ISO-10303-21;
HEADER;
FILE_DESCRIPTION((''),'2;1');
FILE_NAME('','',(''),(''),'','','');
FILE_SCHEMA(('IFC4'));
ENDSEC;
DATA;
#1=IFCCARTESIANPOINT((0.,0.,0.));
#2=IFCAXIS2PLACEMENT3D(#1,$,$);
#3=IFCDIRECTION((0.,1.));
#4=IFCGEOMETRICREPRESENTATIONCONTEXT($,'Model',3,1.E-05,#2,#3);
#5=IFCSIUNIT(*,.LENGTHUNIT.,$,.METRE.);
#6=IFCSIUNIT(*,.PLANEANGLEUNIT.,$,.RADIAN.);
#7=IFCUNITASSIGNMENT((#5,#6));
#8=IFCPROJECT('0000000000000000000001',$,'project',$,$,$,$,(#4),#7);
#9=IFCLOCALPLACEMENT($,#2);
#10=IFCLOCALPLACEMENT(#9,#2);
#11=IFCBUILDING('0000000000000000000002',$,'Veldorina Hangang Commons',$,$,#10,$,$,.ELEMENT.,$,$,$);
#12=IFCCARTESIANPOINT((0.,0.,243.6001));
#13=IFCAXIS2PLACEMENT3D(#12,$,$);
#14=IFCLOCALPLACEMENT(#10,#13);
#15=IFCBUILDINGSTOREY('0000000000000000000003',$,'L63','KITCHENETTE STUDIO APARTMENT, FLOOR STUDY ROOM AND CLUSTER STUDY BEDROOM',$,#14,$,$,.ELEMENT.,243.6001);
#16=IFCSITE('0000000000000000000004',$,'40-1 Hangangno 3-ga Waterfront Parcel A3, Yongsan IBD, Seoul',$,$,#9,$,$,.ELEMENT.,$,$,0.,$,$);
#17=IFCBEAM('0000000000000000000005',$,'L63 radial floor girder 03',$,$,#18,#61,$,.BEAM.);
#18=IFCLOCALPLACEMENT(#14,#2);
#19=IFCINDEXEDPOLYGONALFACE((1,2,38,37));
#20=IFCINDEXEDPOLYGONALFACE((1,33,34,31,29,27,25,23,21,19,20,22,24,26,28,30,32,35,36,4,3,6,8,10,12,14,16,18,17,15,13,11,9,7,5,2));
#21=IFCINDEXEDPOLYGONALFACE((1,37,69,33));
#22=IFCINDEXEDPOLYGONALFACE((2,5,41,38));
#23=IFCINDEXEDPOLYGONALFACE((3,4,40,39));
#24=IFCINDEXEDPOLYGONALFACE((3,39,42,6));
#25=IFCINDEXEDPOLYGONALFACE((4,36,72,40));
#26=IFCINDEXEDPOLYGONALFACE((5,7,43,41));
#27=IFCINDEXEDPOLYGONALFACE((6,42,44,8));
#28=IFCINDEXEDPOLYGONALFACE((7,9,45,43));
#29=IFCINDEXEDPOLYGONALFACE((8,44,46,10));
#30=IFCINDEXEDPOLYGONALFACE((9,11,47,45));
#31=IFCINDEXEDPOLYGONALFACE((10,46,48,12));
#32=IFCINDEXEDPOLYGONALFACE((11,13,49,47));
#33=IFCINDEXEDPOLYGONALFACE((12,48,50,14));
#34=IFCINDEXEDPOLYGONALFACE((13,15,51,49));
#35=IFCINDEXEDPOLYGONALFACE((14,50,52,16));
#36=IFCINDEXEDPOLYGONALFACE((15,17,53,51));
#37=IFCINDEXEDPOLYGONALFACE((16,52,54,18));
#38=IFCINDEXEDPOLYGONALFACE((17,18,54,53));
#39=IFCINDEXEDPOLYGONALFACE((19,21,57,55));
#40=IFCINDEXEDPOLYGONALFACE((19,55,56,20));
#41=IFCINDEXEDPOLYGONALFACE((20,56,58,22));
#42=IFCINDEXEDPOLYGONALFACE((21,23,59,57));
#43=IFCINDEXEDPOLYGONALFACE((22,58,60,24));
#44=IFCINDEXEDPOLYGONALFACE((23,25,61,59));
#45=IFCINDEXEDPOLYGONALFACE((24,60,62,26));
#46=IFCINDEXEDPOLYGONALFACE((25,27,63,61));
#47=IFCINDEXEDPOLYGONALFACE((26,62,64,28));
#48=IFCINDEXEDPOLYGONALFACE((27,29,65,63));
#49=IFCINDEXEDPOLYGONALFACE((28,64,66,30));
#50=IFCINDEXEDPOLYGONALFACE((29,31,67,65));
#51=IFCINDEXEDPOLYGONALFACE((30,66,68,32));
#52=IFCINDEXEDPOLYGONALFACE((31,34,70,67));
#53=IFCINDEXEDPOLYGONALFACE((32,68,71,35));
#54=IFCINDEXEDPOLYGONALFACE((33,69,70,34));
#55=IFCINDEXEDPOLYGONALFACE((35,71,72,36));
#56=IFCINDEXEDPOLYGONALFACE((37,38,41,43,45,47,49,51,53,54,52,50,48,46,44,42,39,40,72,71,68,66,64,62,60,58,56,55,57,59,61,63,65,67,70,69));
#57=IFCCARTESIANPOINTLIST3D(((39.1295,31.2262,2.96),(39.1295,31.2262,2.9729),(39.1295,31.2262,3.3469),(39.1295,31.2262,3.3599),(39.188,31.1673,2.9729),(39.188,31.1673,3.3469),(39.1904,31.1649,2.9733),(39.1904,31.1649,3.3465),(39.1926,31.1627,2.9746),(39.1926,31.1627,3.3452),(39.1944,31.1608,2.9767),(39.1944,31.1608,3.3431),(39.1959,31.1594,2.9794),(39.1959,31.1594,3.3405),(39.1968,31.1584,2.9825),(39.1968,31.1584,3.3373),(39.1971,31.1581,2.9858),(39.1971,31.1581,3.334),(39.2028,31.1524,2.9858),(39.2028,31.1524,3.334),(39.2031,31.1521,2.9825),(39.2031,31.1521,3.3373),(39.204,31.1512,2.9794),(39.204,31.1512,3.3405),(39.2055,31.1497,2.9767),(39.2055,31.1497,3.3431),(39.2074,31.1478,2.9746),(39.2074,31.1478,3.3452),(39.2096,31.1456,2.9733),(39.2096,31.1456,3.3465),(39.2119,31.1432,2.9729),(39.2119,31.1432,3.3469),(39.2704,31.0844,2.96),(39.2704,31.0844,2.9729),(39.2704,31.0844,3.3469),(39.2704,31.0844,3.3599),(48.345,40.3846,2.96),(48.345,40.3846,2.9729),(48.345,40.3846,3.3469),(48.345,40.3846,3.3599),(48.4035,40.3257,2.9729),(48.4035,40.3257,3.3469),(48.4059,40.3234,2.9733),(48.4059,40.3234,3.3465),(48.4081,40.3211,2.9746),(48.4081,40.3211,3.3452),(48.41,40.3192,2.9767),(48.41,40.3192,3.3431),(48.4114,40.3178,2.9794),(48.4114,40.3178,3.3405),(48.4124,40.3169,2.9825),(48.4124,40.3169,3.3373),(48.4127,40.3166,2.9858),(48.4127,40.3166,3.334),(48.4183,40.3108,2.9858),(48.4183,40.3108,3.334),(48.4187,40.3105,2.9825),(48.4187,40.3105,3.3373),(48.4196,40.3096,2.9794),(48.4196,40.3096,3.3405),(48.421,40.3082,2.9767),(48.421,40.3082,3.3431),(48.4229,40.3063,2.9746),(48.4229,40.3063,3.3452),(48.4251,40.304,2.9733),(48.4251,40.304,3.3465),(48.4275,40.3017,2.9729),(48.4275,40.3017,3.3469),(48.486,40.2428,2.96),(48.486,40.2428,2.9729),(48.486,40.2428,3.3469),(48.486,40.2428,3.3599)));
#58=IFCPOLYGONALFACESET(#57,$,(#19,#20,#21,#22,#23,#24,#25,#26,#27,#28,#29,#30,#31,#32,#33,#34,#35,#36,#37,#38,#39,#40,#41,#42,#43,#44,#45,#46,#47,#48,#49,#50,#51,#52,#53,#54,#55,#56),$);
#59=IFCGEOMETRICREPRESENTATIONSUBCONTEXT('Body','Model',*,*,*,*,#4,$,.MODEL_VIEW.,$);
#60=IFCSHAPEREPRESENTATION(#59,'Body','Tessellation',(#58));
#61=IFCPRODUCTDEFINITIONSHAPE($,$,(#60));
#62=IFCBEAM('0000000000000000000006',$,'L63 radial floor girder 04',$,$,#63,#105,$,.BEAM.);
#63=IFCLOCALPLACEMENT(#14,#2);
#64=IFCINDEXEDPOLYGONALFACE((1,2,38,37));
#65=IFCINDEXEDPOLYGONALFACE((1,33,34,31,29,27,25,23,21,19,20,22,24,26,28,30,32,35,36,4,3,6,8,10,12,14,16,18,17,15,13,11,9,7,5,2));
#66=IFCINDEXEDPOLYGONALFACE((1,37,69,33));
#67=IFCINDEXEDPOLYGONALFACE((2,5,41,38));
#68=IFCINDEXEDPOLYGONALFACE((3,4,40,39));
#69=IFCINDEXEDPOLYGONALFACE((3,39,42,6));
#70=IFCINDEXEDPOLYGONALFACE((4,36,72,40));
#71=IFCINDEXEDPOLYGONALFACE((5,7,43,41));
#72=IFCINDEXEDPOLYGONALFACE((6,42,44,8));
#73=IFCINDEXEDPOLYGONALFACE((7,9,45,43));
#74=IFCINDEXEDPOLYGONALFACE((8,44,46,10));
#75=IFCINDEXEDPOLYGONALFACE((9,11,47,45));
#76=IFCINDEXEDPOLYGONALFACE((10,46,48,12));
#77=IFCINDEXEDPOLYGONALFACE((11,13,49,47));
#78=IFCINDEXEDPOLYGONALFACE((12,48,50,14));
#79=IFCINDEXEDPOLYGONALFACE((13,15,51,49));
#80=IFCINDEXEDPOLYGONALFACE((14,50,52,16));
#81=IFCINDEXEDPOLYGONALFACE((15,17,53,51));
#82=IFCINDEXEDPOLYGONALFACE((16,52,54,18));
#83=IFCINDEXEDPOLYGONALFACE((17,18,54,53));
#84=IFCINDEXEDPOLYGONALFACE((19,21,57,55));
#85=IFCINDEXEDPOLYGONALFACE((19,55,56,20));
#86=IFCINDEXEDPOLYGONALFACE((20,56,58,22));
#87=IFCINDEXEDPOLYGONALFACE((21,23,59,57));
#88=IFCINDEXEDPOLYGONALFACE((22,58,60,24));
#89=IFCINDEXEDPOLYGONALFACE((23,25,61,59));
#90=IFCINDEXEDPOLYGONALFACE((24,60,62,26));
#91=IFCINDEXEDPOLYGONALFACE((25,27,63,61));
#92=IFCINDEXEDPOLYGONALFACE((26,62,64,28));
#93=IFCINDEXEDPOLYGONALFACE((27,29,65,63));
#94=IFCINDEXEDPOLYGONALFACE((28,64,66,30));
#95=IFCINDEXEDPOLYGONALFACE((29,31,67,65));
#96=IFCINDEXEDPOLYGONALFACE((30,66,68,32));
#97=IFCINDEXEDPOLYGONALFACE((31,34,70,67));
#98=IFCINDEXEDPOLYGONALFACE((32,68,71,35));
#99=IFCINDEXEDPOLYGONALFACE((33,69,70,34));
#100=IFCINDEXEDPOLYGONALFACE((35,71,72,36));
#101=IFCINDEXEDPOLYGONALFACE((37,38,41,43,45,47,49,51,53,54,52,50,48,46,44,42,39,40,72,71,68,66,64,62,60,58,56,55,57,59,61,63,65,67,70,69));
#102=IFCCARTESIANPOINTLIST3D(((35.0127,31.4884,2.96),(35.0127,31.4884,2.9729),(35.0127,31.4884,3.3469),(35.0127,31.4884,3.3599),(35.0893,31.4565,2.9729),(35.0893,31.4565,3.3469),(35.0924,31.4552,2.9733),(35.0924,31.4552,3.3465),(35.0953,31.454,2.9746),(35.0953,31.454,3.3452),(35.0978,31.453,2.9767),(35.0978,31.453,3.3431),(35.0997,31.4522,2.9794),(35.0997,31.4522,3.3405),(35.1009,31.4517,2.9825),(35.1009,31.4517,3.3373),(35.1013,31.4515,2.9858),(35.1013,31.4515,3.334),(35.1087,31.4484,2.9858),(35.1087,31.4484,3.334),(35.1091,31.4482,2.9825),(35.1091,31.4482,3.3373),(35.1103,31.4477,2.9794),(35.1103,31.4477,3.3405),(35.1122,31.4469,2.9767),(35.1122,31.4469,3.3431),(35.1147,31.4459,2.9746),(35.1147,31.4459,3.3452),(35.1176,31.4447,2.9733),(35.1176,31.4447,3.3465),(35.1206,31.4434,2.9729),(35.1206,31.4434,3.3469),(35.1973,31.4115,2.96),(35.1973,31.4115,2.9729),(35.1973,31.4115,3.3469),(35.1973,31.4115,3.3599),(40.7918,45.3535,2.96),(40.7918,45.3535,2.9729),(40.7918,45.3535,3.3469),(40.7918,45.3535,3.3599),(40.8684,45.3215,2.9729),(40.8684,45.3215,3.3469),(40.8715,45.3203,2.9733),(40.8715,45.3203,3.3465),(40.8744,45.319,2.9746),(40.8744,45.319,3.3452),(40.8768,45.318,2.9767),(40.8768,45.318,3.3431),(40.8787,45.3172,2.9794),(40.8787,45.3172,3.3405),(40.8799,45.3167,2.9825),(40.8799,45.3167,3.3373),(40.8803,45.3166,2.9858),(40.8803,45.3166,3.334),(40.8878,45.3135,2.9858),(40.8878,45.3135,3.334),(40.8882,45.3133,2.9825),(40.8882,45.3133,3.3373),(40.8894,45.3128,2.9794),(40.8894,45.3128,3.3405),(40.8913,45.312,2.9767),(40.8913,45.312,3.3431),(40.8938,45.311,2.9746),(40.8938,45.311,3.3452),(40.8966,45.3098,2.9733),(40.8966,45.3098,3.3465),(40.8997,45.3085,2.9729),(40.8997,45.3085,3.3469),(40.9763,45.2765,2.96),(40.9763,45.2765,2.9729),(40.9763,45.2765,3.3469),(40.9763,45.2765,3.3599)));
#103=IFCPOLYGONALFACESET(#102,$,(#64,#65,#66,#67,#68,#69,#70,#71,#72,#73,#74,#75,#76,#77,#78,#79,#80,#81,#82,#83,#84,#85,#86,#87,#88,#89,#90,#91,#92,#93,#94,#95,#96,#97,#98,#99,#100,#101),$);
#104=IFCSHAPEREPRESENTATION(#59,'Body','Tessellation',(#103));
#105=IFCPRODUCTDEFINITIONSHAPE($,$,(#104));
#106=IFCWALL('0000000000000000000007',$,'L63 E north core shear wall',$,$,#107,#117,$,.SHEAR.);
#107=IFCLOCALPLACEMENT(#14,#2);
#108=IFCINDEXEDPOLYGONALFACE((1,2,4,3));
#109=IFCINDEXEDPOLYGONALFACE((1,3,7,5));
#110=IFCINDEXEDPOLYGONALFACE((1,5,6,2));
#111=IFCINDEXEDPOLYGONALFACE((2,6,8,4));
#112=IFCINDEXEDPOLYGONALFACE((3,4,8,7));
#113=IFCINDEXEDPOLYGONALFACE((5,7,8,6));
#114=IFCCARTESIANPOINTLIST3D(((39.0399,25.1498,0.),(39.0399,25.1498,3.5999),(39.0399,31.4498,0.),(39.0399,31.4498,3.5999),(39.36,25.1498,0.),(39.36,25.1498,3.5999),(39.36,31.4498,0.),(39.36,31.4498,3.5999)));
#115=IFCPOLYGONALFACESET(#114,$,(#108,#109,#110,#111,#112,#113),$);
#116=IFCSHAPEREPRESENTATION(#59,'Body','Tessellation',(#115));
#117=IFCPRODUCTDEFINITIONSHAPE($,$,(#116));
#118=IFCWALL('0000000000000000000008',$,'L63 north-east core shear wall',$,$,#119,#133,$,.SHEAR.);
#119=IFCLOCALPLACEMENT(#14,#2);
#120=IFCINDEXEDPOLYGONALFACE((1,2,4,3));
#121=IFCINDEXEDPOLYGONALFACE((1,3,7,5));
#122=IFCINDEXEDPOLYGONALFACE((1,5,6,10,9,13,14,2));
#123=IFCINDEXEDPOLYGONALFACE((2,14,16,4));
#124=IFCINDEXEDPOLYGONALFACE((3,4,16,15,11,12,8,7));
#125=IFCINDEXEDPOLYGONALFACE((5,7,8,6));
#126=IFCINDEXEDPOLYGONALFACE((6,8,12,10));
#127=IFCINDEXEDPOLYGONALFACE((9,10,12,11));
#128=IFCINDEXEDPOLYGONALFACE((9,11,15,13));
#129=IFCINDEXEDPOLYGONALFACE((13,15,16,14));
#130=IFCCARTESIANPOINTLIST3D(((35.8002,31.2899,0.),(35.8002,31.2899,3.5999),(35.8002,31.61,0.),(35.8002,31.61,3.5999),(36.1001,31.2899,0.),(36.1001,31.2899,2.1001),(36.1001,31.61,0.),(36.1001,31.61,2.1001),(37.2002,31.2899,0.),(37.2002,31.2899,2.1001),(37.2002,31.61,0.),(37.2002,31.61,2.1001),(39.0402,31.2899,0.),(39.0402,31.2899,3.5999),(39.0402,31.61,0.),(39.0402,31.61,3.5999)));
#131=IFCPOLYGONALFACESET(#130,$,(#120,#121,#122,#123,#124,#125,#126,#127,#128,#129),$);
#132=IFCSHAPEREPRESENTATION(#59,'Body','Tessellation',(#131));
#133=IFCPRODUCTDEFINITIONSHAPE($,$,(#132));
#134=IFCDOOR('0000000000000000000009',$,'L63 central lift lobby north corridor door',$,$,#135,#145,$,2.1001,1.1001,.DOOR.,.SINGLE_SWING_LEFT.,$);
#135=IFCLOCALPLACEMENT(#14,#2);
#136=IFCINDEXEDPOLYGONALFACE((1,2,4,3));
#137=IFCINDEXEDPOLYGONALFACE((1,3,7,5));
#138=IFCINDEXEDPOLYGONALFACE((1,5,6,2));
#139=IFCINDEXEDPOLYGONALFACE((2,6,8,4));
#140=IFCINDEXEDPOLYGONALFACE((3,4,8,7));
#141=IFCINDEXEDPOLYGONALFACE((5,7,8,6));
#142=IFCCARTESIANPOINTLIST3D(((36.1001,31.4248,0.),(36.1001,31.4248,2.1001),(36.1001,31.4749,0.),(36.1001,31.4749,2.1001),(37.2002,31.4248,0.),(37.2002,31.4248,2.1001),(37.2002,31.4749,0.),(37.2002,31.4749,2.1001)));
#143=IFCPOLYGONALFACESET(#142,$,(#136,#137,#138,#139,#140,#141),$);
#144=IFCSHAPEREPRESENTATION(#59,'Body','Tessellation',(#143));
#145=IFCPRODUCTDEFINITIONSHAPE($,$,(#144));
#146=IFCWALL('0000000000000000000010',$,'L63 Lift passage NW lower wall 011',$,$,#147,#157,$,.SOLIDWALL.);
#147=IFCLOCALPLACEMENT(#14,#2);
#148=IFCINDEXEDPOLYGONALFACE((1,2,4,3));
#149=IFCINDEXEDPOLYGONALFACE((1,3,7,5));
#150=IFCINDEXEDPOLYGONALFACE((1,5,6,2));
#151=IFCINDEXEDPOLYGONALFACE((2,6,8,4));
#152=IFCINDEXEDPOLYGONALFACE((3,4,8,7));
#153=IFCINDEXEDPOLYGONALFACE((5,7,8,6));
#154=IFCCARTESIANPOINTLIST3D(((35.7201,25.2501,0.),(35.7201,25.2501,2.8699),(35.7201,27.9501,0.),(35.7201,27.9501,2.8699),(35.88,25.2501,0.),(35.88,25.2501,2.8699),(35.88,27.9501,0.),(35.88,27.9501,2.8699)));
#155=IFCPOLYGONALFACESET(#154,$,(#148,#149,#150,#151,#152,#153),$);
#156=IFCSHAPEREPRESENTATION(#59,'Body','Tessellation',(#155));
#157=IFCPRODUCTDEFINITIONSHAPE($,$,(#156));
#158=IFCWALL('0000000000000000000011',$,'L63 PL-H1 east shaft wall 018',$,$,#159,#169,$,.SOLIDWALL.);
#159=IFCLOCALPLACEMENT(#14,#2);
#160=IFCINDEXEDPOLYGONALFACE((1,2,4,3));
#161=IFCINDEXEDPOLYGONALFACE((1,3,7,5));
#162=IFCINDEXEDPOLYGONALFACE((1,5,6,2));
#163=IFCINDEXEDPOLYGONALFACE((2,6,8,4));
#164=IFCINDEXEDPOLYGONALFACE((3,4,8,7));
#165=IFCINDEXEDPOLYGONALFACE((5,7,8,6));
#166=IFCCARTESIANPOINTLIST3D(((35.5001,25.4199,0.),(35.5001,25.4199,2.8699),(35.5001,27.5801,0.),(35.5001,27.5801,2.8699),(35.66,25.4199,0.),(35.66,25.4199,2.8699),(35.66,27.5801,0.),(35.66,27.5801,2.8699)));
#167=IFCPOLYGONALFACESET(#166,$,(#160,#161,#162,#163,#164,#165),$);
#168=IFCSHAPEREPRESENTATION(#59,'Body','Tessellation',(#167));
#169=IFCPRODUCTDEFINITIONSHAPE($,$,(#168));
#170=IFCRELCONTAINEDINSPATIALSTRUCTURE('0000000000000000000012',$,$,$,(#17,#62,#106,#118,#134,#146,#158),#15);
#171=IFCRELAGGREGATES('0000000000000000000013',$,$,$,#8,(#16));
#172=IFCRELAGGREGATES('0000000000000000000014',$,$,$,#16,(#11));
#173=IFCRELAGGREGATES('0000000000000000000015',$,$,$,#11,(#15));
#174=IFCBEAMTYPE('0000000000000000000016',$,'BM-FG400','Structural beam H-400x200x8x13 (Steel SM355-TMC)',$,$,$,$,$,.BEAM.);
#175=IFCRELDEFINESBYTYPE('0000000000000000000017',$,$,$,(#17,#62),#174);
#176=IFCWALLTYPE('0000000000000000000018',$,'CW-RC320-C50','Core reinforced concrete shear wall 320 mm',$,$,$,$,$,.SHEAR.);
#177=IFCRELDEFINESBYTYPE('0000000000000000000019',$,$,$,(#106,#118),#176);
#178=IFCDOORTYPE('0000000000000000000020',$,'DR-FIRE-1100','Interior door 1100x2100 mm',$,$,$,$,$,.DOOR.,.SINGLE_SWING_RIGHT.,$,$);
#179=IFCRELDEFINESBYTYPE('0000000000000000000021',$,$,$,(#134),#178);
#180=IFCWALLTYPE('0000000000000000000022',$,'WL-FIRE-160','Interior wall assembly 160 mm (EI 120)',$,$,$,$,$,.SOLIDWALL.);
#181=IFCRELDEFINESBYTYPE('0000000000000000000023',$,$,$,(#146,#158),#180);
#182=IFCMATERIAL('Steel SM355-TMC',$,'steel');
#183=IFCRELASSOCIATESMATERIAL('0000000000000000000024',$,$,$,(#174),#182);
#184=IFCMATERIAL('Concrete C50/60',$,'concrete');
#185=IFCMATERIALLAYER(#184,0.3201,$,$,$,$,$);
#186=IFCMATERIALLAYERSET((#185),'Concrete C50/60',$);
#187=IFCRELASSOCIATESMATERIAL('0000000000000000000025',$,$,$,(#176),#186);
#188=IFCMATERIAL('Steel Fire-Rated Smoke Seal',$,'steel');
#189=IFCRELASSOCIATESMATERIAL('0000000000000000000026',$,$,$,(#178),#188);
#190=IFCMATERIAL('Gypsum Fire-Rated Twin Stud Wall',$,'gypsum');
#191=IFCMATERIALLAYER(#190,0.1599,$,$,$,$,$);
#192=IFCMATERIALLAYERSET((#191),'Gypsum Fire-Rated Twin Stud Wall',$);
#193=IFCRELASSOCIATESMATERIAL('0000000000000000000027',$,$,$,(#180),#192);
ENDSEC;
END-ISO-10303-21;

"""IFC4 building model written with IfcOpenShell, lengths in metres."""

from ifc_helpers import new_model, si_unit, direction, frame, frame_2d, origin, origin_2d, place, context, subcontext, project, spatial, rectangle, i_section, extrude, material, layer, layer_set, material_profile, profile_set, type_object, element, fill, save


model = new_model("IFC4")

# Units and contexts
model_context = context("Model", 3, precision=1e-05, world=origin(), true_north=direction((0.0, 1.0)))
body_context = subcontext(model_context, "Body", "Model", "MODEL_VIEW")
ifc_project = project(units=[si_unit("LENGTHUNIT", "METRE"), si_unit("PLANEANGLEUNIT", "RADIAN")], contexts=[model_context])

# Site, building, storey
site_placement = place(None, origin())
site = spatial("IfcSite", under=ifc_project, at=site_placement, Name="40-1 Hangangno 3-ga Waterfront Parcel A3, Yongsan IBD, Seoul", CompositionType="ELEMENT", RefElevation=0.0)
building_placement = place(site_placement, origin())
building = spatial("IfcBuilding", under=site, at=building_placement, Name="Veldorina Hangang Commons", CompositionType="ELEMENT")
storey_placement = place(building_placement, frame((0.0, 0.0, 243.6001)))
storey = spatial("IfcBuildingStorey", under=building, at=storey_placement, Name="L63", Description="KITCHENETTE STUDIO APARTMENT, FLOOR STUDY ROOM AND CLUSTER STUDY BEDROOM", CompositionType="ELEMENT", Elevation=243.6001)

# Beams
ifc_material_1 = material(Name="Steel SM355-TMC", Category="steel")
ifc_material_profile = material_profile(ifc_material_1, i_section(OverallWidth=0.2, OverallDepth=0.3999, WebThickness=0.0081, FlangeThickness=0.0129, FilletRadius=0.0129, at=origin_2d()), Name="H-400x200x8x13")
ifc_profile_set = profile_set([ifc_material_profile], Name="Steel SM355-TMC")
beam_type = type_object("IfcBeamType", Name="BM-FG400", Description="Structural beam H-400x200x8x13 (Steel SM355-TMC)", PredefinedType="BEAM", material=ifc_profile_set)
beam_1_placement = place(storey_placement, frame((39.2, 31.1553, 3.1599), z_axis=(0.709302, 0.704905, 0.0), x_axis=(-0.704905, 0.709302, 0.0)))
element("IfcBeam", 1, at=beam_1_placement, inside=storey, type_object=beam_type, Name="L63 radial floor girder 03", PredefinedType="BEAM", context=body_context, shape_type="SweptSolid", body=[
    extrude(i_section(OverallWidth=0.2, OverallDepth=0.3999, WebThickness=0.0081, FlangeThickness=0.0129, FilletRadius=0.0129, at=origin_2d()), origin(), (0.0, 0.0, 1.0), 12.9924),
])
beam_2_placement = place(storey_placement, frame((35.105, 31.45, 3.1599), z_axis=(0.384727, 0.92303, 0.0), x_axis=(-0.92303, 0.384727, 0.0)))
element("IfcBeam", 2, at=beam_2_placement, inside=storey, type_object=beam_type, Name="L63 radial floor girder 04", PredefinedType="BEAM", context=body_context, shape_type="SweptSolid", body=[
    extrude(i_section(OverallWidth=0.2, OverallDepth=0.3999, WebThickness=0.0081, FlangeThickness=0.0129, FilletRadius=0.0129, at=origin_2d()), origin(), (0.0, 0.0, 1.0), 15.0212),
])

# Wall
ifc_material_2 = material(Name="Concrete C50/60", Category="concrete")
ifc_layer_1 = layer(ifc_material_2, 0.3201)
ifc_layer_set_1 = layer_set([ifc_layer_1], Name="Concrete C50/60")
wall_type_1 = type_object("IfcWallType", Name="CW-RC320-C50", Description="Core reinforced concrete shear wall 320 mm", PredefinedType="SHEAR", material=ifc_layer_set_1)
wall_1_placement = place(storey_placement, frame((39.2, 25.1499, 0.0), z_axis=(0.0, 0.0, 1.0), x_axis=(0.0, 1.0, 0.0)))
element("IfcWall", 3, at=wall_1_placement, inside=storey, type_object=wall_type_1, Name="L63 E north core shear wall", PredefinedType="SHEAR", context=body_context, shape_type="SweptSolid", body=[
    extrude(rectangle(XDim=6.3, YDim=0.3201, at=frame_2d((3.1499, 0.0))), origin(), (0.0, 0.0, 1.0), 3.5999),
])

# Wall, opening, door
wall_2_placement = place(storey_placement, frame((35.8, 31.45, 0.0), z_axis=(0.0, 0.0, 1.0), x_axis=(1.0, 0.0, 0.0)))
wall_2 = element("IfcWall", 4, at=wall_2_placement, inside=storey, type_object=wall_type_1, Name="L63 north-east core shear wall", PredefinedType="SHEAR", context=body_context, shape_type="SweptSolid", body=[
    extrude(rectangle(XDim=3.24, YDim=0.3201, at=frame_2d((1.6201, 0.0))), origin(), (0.0, 0.0, 1.0), 3.5999),
])
opening_1_placement = place(wall_2_placement, frame((0.3, 0.0, 0.0)))
opening_1 = element("IfcOpeningElement", 5, at=opening_1_placement, cuts=wall_2, PredefinedType="OPENING", context=body_context, shape_type="SweptSolid", body=[
    extrude(rectangle(XDim=1.1001, YDim=2.1001, at=frame_2d((0.55, 1.05))), frame((0.0, 0.1699, 0.0), z_axis=(0.0, -1.0, 0.0), x_axis=(1.0, 0.0, 0.0)), (0.0, 0.0, 1.0), 0.3401),
])
ifc_material_3 = material(Name="Steel Fire-Rated Smoke Seal", Category="steel")
door_type_1 = type_object("IfcDoorType", Name="DR-FIRE-1100", Description="Interior door 1100x2100 mm", OperationType="SINGLE_SWING_RIGHT", PredefinedType="DOOR", material=ifc_material_3)
door_1_placement = place(opening_1_placement, origin())
door_1 = element("IfcDoor", 6, at=door_1_placement, inside=storey, type_object=door_type_1, Name="L63 central lift lobby north corridor door", OperationType="SINGLE_SWING_LEFT", OverallHeight=2.1001, OverallWidth=1.1001, PredefinedType="DOOR", context=body_context, shape_type="SweptSolid", body=[
    extrude(rectangle(XDim=1.1001, YDim=2.1001, at=frame_2d((0.55, 1.05))), frame((0.0, 0.0249, 0.0), z_axis=(0.0, -1.0, 0.0), x_axis=(1.0, 0.0, 0.0)), (0.0, 0.0, 1.0), 0.05),
])
fill(opening_1, door_1)

# Walls
ifc_material_4 = material(Name="Gypsum Fire-Rated Twin Stud Wall", Category="gypsum")
ifc_layer_2 = layer(ifc_material_4, 0.1599)
ifc_layer_set_2 = layer_set([ifc_layer_2], Name="Gypsum Fire-Rated Twin Stud Wall")
wall_type_2 = type_object("IfcWallType", Name="WL-FIRE-160", Description="Interior wall assembly 160 mm (EI 120)", PredefinedType="SOLIDWALL", material=ifc_layer_set_2)
wall_3_placement = place(storey_placement, frame((35.8, 25.25, 0.0), z_axis=(0.0, 0.0, 1.0), x_axis=(0.0, 1.0, 0.0)))
element("IfcWall", 7, at=wall_3_placement, inside=storey, type_object=wall_type_2, Name="L63 Lift passage NW lower wall 011", PredefinedType="SOLIDWALL", context=body_context, shape_type="SweptSolid", body=[
    extrude(rectangle(XDim=2.7, YDim=0.1599, at=frame_2d((1.3501, 0.0))), origin(), (0.0, 0.0, 1.0), 2.8699),
])
wall_4_placement = place(storey_placement, frame((35.5801, 25.4199, 0.0), z_axis=(0.0, 0.0, 1.0), x_axis=(0.0, 1.0, 0.0)))
element("IfcWall", 8, at=wall_4_placement, inside=storey, type_object=wall_type_2, Name="L63 PL-H1 east shaft wall 018", PredefinedType="SOLIDWALL", context=body_context, shape_type="SweptSolid", body=[
    extrude(rectangle(XDim=2.1602, YDim=0.1599, at=frame_2d((1.0801, 0.0))), origin(), (0.0, 0.0, 1.0), 2.8699),
])

save(model, "model.ifc")
